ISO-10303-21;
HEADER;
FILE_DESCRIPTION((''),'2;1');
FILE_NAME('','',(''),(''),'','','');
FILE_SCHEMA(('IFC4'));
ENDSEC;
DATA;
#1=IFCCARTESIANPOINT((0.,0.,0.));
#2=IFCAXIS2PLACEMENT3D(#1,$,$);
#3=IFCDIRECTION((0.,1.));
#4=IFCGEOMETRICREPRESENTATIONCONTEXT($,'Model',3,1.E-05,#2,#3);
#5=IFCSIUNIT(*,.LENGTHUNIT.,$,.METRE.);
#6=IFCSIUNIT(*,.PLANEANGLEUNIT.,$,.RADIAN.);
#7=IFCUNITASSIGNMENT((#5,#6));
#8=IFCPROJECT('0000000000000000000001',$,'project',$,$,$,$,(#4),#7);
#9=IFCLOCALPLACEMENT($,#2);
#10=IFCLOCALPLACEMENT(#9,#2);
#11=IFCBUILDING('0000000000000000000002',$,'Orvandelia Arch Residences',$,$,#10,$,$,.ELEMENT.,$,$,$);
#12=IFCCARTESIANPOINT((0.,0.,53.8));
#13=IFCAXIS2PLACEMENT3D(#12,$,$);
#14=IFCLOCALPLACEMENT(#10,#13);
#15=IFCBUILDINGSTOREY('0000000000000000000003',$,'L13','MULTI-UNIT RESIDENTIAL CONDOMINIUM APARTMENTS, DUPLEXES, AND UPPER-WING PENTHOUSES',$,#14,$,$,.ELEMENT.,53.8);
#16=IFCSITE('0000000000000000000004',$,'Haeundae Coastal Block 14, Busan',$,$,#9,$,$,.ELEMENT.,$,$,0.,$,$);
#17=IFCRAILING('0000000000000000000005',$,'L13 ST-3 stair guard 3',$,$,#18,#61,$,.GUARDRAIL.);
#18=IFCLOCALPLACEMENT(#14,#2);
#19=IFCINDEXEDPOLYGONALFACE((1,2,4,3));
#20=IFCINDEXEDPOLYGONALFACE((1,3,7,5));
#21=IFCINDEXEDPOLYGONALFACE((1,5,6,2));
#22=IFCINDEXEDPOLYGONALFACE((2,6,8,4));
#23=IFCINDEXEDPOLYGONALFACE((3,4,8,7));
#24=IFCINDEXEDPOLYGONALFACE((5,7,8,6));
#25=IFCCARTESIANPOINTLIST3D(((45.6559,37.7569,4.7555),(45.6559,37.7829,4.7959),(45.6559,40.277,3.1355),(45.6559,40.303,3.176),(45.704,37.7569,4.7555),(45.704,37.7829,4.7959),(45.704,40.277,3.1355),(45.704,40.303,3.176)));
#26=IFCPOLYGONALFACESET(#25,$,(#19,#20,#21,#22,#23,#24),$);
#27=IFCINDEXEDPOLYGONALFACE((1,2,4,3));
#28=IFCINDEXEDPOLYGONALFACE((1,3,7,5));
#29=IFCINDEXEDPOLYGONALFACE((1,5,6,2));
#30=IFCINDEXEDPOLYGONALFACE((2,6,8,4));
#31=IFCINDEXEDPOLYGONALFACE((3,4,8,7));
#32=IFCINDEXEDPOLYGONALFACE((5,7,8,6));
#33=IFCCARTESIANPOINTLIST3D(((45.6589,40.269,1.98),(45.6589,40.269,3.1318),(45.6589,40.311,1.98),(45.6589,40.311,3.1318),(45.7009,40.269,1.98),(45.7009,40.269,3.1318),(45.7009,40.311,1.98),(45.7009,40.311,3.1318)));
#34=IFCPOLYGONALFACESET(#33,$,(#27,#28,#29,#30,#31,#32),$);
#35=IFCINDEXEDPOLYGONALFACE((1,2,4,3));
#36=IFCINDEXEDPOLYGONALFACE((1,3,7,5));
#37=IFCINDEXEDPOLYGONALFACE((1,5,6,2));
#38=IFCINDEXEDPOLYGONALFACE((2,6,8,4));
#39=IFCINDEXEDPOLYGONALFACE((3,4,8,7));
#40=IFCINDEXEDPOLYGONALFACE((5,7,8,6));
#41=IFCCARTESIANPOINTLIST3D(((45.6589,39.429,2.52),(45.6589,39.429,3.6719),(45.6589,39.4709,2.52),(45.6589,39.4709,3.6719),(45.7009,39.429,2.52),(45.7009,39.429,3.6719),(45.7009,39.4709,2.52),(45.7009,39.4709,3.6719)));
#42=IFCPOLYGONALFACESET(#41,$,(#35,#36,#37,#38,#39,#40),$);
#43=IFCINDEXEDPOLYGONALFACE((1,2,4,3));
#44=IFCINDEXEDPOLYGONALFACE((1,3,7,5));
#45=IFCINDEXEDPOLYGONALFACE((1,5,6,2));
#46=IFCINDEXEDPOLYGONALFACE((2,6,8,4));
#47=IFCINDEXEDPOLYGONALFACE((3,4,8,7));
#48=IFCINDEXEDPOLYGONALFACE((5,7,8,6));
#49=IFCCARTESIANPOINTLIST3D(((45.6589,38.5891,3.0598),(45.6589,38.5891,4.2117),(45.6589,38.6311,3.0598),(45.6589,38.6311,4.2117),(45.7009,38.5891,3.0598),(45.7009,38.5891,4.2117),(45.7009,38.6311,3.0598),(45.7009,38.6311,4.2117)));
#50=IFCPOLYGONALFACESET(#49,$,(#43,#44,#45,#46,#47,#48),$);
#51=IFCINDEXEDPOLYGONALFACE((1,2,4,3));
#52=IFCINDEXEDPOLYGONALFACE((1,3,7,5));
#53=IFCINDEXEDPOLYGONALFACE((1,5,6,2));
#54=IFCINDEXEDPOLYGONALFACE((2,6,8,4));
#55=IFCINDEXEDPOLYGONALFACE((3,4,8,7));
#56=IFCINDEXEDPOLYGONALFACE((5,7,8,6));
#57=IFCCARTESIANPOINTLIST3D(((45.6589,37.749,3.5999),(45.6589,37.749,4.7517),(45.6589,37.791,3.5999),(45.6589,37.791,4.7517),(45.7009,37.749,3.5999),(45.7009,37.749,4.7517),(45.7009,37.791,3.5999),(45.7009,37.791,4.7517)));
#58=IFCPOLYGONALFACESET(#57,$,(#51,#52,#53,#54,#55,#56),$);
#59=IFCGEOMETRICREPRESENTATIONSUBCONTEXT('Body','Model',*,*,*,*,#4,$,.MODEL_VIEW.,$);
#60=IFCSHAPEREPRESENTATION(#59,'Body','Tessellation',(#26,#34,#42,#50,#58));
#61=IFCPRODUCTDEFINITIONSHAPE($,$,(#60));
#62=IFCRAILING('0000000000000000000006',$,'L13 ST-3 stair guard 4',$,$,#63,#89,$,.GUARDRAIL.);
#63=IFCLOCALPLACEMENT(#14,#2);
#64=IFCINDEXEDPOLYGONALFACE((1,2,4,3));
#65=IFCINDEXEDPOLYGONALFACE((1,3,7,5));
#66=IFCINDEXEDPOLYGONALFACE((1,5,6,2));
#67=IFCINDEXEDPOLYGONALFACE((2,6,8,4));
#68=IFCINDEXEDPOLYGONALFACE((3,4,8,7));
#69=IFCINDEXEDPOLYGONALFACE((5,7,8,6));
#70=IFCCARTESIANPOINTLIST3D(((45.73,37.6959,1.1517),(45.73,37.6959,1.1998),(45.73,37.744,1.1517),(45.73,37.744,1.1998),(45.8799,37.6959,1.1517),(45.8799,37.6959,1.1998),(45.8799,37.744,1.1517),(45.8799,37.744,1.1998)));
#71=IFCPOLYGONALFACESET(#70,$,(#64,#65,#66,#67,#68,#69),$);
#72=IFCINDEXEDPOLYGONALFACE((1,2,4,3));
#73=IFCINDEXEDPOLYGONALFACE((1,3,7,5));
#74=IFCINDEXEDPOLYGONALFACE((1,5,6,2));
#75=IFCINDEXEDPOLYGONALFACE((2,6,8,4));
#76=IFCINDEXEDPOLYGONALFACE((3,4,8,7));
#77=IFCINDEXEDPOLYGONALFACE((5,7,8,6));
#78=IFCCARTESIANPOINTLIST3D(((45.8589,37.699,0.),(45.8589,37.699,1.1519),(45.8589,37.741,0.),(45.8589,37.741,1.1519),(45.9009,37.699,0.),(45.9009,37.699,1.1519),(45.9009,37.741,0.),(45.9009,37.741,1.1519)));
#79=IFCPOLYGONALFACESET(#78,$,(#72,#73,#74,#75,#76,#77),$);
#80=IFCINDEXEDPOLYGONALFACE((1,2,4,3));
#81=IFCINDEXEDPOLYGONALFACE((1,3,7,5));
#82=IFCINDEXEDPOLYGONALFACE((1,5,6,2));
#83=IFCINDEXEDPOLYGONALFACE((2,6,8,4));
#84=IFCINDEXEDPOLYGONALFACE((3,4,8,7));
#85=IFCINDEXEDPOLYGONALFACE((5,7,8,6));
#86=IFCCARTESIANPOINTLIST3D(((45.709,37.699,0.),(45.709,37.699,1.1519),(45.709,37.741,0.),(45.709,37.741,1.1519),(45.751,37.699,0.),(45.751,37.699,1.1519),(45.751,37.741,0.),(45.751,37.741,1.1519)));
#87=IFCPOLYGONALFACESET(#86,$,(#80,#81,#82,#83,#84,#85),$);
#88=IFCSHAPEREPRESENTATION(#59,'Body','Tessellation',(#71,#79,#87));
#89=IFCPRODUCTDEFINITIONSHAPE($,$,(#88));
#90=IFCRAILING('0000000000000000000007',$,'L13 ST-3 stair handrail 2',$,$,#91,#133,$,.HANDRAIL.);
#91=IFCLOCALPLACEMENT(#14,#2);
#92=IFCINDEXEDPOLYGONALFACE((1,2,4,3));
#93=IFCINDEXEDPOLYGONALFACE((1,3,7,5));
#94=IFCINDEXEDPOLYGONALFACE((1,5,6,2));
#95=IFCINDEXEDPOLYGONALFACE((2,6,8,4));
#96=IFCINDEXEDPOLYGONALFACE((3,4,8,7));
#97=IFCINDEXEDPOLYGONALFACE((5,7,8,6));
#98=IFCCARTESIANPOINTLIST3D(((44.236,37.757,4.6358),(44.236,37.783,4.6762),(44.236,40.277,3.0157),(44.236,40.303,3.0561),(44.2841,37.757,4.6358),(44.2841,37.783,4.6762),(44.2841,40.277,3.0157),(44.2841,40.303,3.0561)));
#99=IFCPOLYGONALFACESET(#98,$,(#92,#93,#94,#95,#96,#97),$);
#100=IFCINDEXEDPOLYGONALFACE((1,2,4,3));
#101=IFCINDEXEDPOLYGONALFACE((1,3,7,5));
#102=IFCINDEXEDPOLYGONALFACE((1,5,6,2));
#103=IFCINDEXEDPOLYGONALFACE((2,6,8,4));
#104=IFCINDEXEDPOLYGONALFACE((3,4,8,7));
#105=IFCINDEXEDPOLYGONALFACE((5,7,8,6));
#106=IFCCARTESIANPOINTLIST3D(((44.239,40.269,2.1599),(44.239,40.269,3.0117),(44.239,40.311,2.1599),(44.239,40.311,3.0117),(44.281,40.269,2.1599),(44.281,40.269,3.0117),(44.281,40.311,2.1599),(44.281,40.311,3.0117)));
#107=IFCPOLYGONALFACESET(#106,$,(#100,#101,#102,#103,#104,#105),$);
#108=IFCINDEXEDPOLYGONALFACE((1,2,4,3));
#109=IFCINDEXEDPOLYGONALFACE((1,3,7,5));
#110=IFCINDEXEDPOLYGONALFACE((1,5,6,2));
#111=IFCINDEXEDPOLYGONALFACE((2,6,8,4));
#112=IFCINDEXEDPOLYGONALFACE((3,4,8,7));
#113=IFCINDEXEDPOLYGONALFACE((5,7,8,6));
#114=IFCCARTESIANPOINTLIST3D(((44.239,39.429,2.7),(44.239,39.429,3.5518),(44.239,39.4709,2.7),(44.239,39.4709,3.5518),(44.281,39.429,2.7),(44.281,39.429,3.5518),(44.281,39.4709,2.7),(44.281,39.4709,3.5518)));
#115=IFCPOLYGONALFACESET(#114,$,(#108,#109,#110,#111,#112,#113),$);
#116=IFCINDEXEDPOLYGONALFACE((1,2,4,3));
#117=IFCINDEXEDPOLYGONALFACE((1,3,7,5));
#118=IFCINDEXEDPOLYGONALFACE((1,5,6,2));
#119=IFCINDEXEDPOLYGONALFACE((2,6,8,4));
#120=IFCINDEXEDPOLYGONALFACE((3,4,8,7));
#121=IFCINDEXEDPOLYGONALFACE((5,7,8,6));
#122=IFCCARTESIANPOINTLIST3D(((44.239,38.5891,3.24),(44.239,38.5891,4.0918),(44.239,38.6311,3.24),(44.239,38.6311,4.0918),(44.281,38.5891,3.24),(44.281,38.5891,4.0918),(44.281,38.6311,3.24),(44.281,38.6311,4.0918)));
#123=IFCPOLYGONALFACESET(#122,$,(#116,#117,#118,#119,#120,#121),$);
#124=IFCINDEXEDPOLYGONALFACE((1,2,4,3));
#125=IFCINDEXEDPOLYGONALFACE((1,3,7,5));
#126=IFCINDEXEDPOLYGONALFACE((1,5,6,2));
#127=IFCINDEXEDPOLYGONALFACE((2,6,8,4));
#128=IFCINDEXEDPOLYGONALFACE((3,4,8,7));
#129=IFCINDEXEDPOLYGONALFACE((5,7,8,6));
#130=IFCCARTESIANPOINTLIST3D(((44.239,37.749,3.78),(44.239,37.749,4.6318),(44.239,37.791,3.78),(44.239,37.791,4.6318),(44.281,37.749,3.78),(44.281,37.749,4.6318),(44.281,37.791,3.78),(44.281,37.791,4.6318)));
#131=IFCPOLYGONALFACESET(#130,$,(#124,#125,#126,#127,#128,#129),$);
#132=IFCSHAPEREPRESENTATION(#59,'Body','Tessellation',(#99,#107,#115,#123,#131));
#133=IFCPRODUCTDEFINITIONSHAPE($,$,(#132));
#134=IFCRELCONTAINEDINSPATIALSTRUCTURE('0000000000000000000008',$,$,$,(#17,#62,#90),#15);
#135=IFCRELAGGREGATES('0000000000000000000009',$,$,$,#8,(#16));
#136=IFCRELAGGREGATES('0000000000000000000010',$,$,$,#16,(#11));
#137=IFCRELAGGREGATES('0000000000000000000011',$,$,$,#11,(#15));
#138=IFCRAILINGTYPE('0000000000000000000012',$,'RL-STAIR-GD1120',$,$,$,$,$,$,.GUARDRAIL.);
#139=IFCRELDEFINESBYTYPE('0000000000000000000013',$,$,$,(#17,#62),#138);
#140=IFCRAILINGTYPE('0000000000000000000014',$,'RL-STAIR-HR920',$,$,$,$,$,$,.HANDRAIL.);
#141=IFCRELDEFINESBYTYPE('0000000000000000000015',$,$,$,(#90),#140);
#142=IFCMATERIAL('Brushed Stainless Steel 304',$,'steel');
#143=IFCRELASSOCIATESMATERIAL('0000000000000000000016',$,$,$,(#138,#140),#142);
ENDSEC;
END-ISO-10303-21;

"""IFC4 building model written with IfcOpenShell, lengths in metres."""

from ifc_helpers import new_model, si_unit, direction, frame, origin, origin_2d, place, context, subcontext, project, spatial, rectangle, extrude, material, type_object, element, save


model = new_model("IFC4")

# Units and contexts
model_context = context("Model", 3, precision=1e-05, world=origin(), true_north=direction((0.0, 1.0)))
body_context = subcontext(model_context, "Body", "Model", "MODEL_VIEW")
ifc_project = project(units=[si_unit("LENGTHUNIT", "METRE"), si_unit("PLANEANGLEUNIT", "RADIAN")], contexts=[model_context])

# Site, building, storey
site_placement = place(None, origin())
site = spatial("IfcSite", under=ifc_project, at=site_placement, Name="Haeundae Coastal Block 14, Busan", CompositionType="ELEMENT", RefElevation=0.0)
building_placement = place(site_placement, origin())
building = spatial("IfcBuilding", under=site, at=building_placement, Name="Orvandelia Arch Residences", CompositionType="ELEMENT")
storey_placement = place(building_placement, frame((0.0, 0.0, 53.8)))
storey = spatial("IfcBuildingStorey", under=building, at=storey_placement, Name="L13", Description="MULTI-UNIT RESIDENTIAL CONDOMINIUM APARTMENTS, DUPLEXES, AND UPPER-WING PENTHOUSES", CompositionType="ELEMENT", Elevation=53.8)

# Railings
ifc_material_1 = material(Name="Brushed Stainless Steel 304", Category="steel")
railing_type_1 = type_object("IfcRailingType", Name="RL-STAIR-GD1120", PredefinedType="GUARDRAIL", material=ifc_material_1)
railing_1_placement = place(storey_placement, frame((45.6799, 40.29, 1.98)))
element("IfcRailing", 1, at=railing_1_placement, inside=storey, type_object=railing_type_1, Name="L13 ST-3 stair guard 3", PredefinedType="GUARDRAIL", context=body_context, shape_type="SweptSolid", body=[
    extrude(rectangle(XDim=0.0481, YDim=0.0481, at=origin_2d()), frame((0.0, 0.0, 1.1758), z_axis=(0.0, -0.8412, 0.540725), x_axis=(1.0, 0.0, 0.0)), (0.0, 0.0, 1.0), 2.9958),
    extrude(rectangle(XDim=0.042, YDim=0.042, at=origin_2d()), origin(), (0.0, 0.0, 1.0), 1.1519),
    extrude(rectangle(XDim=0.042, YDim=0.042, at=origin_2d()), frame((0.0, -0.8401, 0.54)), (0.0, 0.0, 1.0), 1.1519),
    extrude(rectangle(XDim=0.042, YDim=0.042, at=origin_2d()), frame((0.0, -1.6799, 1.0798)), (0.0, 0.0, 1.0), 1.1519),
    extrude(rectangle(XDim=0.042, YDim=0.042, at=origin_2d()), frame((0.0, -2.52, 1.6199)), (0.0, 0.0, 1.0), 1.1519),
])
railing_2_placement = place(storey_placement, frame((45.8799, 37.72, 0.0)))
element("IfcRailing", 2, at=railing_2_placement, inside=storey, type_object=railing_type_1, Name="L13 ST-3 stair guard 4", PredefinedType="GUARDRAIL", context=body_context, shape_type="SweptSolid", body=[
    extrude(rectangle(XDim=0.0481, YDim=0.0481, at=origin_2d()), frame((0.0, 0.0, 1.1758), z_axis=(-1.0, 0.0, 0.0), x_axis=(0.0, -1.0, 0.0)), (0.0, 0.0, 1.0), 0.1499),
    extrude(rectangle(XDim=0.042, YDim=0.042, at=origin_2d()), origin(), (0.0, 0.0, 1.0), 1.1519),
    extrude(rectangle(XDim=0.042, YDim=0.042, at=origin_2d()), frame((-0.1499, 0.0, 0.0)), (0.0, 0.0, 1.0), 1.1519),
])
railing_type_2 = type_object("IfcRailingType", Name="RL-STAIR-HR920", PredefinedType="HANDRAIL", material=ifc_material_1)
railing_3_placement = place(storey_placement, frame((44.26, 40.29, 2.1599)))
element("IfcRailing", 3, at=railing_3_placement, inside=storey, type_object=railing_type_2, Name="L13 ST-3 stair handrail 2", PredefinedType="HANDRAIL", context=body_context, shape_type="SweptSolid", body=[
    extrude(rectangle(XDim=0.0481, YDim=0.0481, at=origin_2d()), frame((0.0, 0.0, 0.876), z_axis=(0.0, -0.841163, 0.540782), x_axis=(1.0, 0.0, 0.0)), (0.0, 0.0, 1.0), 2.9958),
    extrude(rectangle(XDim=0.042, YDim=0.042, at=origin_2d()), origin(), (0.0, 0.0, 1.0), 0.8518),
    extrude(rectangle(XDim=0.042, YDim=0.042, at=origin_2d()), frame((0.0, -0.8401, 0.54)), (0.0, 0.0, 1.0), 0.8518),
    extrude(rectangle(XDim=0.042, YDim=0.042, at=origin_2d()), frame((0.0, -1.6799, 1.0801)), (0.0, 0.0, 1.0), 0.8518),
    extrude(rectangle(XDim=0.042, YDim=0.042, at=origin_2d()), frame((0.0, -2.52, 1.6201)), (0.0, 0.0, 1.0), 0.8518),
])

save(model, "model.ifc")
